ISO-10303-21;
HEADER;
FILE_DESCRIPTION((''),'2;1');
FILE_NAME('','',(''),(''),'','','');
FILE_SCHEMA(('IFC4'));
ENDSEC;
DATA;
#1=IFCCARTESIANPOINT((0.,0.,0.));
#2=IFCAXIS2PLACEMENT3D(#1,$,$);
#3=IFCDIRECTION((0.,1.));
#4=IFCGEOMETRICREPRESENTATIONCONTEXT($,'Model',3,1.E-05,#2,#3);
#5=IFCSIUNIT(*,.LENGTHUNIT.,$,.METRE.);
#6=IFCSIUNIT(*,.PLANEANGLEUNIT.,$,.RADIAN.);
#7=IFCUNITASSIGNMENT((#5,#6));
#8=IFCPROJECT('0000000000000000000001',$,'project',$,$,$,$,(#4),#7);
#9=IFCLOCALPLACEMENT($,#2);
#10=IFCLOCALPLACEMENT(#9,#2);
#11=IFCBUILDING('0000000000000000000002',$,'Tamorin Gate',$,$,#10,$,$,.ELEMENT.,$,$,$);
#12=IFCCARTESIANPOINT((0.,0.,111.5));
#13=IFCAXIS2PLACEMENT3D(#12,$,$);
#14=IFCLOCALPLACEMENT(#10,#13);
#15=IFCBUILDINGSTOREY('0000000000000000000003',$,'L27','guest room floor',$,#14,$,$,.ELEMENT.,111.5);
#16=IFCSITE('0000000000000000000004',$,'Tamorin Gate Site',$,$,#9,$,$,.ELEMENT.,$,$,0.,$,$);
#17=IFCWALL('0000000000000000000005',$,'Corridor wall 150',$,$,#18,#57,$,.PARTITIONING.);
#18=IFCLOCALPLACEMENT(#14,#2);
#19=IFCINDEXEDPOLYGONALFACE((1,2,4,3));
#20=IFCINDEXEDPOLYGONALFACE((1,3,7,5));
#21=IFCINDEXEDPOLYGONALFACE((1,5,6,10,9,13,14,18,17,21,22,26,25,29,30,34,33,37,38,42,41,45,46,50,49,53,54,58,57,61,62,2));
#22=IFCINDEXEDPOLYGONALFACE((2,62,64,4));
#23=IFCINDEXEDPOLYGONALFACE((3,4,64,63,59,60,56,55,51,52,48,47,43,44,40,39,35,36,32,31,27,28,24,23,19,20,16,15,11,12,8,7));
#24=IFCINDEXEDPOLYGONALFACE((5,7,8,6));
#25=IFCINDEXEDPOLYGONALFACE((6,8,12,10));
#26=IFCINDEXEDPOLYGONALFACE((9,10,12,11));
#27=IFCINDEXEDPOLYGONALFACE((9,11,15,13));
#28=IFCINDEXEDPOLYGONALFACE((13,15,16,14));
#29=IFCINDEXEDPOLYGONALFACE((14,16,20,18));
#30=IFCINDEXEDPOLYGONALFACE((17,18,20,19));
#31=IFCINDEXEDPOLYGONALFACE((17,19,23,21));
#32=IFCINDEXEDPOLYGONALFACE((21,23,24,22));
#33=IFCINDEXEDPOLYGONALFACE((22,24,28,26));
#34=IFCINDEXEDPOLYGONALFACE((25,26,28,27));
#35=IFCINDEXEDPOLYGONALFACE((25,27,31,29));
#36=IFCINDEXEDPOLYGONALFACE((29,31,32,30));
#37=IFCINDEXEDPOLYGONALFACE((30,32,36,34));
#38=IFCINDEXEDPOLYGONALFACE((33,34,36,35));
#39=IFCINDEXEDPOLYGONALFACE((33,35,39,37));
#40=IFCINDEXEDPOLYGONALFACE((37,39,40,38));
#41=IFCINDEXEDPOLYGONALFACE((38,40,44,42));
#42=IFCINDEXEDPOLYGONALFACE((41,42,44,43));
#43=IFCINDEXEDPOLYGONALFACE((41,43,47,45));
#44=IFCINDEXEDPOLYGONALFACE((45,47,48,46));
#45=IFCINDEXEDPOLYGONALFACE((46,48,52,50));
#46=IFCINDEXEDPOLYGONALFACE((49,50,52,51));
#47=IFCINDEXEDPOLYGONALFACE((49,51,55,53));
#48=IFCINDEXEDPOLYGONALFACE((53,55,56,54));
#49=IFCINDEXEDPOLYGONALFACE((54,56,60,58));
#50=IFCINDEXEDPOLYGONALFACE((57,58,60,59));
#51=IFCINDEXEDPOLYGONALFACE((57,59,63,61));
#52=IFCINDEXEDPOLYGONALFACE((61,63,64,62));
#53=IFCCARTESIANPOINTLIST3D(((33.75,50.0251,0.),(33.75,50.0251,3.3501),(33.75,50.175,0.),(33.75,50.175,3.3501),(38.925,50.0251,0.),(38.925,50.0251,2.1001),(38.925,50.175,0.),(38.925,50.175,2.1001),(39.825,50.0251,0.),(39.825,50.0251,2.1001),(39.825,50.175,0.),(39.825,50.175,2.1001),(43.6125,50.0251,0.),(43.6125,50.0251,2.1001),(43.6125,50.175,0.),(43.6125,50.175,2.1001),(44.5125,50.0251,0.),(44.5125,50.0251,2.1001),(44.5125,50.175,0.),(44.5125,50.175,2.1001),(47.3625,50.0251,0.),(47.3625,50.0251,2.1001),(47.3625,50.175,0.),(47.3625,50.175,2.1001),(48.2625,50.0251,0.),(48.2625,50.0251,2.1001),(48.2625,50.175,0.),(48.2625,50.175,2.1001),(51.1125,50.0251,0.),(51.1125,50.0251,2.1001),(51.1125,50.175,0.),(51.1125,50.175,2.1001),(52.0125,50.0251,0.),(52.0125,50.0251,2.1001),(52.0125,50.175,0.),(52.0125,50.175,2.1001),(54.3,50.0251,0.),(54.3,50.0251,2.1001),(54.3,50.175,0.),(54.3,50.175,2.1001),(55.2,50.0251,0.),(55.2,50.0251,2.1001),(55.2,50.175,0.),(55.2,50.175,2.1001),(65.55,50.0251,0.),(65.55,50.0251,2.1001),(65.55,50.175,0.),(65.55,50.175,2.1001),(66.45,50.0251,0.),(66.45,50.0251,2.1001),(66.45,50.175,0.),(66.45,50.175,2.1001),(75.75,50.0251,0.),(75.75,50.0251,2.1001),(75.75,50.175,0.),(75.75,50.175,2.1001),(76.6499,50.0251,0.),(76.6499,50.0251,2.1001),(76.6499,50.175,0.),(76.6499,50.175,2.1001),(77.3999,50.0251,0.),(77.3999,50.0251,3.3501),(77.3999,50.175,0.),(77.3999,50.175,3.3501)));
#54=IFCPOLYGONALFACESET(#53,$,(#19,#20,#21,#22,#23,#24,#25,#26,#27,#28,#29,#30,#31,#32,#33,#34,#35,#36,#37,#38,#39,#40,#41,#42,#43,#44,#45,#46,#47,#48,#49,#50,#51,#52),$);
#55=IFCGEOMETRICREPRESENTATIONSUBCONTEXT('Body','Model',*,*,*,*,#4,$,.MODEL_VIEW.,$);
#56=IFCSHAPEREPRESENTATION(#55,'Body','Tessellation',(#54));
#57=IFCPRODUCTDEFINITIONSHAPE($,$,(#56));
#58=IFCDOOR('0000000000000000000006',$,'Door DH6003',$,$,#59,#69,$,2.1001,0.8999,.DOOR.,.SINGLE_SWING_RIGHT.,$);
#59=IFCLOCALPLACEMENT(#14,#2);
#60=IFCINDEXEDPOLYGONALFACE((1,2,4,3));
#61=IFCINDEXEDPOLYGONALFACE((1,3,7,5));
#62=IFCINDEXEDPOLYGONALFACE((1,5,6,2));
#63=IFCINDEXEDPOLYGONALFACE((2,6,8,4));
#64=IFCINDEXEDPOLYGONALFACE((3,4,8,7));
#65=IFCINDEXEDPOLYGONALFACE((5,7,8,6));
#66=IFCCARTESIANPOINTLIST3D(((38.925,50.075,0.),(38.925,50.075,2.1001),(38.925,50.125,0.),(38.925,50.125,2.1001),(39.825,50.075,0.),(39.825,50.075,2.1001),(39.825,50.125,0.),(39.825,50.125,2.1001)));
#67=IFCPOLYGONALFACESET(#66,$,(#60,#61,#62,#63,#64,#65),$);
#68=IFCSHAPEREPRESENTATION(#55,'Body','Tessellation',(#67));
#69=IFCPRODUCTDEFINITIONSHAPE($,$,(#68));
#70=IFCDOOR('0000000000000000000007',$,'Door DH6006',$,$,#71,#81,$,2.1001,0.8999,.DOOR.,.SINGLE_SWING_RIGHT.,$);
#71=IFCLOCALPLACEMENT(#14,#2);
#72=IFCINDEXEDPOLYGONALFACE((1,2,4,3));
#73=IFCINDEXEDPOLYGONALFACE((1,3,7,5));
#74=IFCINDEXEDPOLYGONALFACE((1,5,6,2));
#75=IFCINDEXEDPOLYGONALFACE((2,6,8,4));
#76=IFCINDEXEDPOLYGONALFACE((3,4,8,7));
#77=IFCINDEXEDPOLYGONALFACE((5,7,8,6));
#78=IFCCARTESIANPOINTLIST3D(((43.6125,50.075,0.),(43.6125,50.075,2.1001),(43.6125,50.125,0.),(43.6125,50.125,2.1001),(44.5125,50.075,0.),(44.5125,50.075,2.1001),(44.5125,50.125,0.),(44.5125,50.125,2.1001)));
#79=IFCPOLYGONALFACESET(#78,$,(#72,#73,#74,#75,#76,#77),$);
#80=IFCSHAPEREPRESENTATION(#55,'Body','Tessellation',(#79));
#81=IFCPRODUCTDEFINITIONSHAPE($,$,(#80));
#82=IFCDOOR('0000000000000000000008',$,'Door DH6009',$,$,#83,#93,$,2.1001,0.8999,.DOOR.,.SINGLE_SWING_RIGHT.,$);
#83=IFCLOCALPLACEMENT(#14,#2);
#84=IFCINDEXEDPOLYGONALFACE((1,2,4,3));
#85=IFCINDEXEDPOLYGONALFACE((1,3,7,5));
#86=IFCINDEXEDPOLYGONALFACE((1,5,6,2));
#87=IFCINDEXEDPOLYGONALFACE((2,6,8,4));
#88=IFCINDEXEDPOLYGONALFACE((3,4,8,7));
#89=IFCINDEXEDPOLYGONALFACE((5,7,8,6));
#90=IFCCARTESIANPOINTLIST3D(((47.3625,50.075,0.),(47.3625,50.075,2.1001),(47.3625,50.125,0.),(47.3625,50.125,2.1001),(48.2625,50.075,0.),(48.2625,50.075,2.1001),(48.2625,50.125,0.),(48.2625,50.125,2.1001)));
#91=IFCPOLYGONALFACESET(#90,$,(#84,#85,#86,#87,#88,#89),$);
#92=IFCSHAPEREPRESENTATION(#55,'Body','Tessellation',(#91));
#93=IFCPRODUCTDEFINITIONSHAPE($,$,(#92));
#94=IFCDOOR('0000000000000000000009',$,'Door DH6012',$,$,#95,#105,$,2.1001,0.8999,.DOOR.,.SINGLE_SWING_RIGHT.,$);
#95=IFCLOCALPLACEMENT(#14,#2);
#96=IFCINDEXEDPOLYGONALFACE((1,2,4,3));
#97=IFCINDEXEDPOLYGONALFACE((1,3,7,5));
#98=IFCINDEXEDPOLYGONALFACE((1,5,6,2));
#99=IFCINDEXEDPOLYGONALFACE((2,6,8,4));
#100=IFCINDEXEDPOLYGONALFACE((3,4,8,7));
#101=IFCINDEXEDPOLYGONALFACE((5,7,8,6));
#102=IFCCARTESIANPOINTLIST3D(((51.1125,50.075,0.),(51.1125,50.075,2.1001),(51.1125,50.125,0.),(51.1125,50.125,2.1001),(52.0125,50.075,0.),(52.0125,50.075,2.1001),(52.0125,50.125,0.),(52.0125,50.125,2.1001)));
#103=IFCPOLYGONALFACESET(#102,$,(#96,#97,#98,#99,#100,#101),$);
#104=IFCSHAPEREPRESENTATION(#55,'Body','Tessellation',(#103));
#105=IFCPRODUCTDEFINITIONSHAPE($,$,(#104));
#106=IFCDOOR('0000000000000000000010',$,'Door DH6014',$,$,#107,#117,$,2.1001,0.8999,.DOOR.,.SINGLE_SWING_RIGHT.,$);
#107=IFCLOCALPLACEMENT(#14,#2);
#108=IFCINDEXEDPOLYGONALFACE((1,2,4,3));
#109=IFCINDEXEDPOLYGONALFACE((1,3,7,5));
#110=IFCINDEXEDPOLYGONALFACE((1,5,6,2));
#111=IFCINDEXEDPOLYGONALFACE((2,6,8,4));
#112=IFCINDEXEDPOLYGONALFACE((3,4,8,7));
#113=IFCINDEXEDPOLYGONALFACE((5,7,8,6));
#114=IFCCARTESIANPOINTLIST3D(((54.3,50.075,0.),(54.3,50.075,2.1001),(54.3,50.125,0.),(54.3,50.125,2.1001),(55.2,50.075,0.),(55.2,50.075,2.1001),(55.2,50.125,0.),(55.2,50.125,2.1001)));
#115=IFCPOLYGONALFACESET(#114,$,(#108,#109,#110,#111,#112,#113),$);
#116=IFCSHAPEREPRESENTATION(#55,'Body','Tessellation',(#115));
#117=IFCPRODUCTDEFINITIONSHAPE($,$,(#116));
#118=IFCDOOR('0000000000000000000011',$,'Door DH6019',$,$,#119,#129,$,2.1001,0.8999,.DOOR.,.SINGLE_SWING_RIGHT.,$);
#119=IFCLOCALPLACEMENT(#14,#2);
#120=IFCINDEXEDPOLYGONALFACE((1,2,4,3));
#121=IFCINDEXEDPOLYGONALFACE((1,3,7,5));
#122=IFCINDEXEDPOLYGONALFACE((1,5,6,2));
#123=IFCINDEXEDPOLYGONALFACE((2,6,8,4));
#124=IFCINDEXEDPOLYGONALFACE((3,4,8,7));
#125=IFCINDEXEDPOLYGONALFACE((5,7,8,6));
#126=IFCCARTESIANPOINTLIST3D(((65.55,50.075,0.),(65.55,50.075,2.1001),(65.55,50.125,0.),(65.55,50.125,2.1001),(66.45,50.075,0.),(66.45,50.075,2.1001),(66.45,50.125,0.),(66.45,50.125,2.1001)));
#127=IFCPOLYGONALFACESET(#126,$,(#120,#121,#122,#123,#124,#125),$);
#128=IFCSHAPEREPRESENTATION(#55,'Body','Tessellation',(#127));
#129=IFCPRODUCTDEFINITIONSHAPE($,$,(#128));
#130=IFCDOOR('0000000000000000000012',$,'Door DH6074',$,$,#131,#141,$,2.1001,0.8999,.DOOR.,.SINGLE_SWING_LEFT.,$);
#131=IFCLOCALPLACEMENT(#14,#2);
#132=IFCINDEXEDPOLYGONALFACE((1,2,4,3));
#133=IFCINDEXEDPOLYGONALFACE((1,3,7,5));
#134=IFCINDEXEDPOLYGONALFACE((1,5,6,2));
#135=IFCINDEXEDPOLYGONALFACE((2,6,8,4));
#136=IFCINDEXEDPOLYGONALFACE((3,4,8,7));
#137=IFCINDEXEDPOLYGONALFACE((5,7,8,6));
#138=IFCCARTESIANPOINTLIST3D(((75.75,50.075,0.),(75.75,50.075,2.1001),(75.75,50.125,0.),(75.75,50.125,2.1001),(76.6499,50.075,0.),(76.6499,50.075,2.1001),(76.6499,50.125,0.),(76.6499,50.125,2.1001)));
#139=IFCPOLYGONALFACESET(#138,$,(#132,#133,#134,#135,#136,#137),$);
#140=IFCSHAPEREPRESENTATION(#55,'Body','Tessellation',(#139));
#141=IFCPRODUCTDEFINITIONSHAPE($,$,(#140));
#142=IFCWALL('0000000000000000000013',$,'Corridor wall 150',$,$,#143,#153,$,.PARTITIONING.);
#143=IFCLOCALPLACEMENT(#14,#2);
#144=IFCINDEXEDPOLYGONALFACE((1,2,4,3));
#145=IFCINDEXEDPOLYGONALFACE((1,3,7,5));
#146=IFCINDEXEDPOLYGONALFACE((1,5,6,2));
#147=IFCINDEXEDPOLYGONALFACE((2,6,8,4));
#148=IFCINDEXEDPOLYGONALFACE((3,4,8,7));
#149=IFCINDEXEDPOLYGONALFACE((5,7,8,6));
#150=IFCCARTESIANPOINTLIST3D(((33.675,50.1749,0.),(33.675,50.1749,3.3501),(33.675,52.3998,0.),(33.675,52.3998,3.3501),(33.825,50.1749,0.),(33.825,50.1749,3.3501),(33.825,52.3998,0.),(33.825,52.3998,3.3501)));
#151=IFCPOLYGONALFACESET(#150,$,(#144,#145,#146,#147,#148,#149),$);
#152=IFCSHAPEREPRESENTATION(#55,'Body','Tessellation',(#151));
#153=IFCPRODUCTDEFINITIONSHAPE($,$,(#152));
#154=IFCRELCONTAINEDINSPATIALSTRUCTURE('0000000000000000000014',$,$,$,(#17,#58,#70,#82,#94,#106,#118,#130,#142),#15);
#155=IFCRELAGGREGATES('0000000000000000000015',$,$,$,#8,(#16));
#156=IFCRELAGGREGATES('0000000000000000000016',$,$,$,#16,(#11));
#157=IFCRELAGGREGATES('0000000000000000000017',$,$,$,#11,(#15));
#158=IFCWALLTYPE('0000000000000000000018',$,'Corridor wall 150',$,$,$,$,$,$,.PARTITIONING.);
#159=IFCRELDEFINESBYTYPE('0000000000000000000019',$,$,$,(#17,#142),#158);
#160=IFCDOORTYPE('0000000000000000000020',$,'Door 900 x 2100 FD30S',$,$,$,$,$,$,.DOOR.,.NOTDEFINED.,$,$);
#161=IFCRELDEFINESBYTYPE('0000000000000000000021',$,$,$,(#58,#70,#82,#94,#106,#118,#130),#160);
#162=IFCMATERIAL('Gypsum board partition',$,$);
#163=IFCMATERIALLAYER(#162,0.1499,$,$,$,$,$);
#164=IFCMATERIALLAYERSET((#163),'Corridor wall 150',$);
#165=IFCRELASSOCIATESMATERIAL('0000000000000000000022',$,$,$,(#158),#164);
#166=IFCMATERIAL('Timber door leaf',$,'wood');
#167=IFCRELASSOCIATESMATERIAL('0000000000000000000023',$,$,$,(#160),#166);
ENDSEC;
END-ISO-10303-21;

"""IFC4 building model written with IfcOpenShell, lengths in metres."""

from ifc_helpers import new_model, si_unit, direction, frame, frame_2d, origin, place, context, subcontext, project, spatial, rectangle, extrude, material, layer, layer_set, type_object, element, fill, save


model = new_model("IFC4")

# Units and contexts
model_context = context("Model", 3, precision=1e-05, world=origin(), true_north=direction((0.0, 1.0)))
body_context = subcontext(model_context, "Body", "Model", "MODEL_VIEW")
ifc_project = project(units=[si_unit("LENGTHUNIT", "METRE"), si_unit("PLANEANGLEUNIT", "RADIAN")], contexts=[model_context])

# Site, building, storey
site_placement = place(None, origin())
site = spatial("IfcSite", under=ifc_project, at=site_placement, Name="Tamorin Gate Site", CompositionType="ELEMENT", RefElevation=0.0)
building_placement = place(site_placement, origin())
building = spatial("IfcBuilding", under=site, at=building_placement, Name="Tamorin Gate", CompositionType="ELEMENT")
storey_placement = place(building_placement, frame((0.0, 0.0, 111.5)))
storey = spatial("IfcBuildingStorey", under=building, at=storey_placement, Name="L27", Description="guest room floor", CompositionType="ELEMENT", Elevation=111.5)

# Wall, openings, doors
ifc_material_1 = material(Name="Gypsum board partition")
ifc_layer_1 = layer(ifc_material_1, 0.1499)
ifc_layer_set_1 = layer_set([ifc_layer_1], Name="Corridor wall 150")
wall_type_1 = type_object("IfcWallType", Name="Corridor wall 150", PredefinedType="PARTITIONING", material=ifc_layer_set_1)
wall_1_placement = place(storey_placement, frame((33.75, 50.1001, 0.0), z_axis=(0.0, 0.0, 1.0), x_axis=(1.0, 0.0, 0.0)))
wall_1 = element("IfcWall", 1, at=wall_1_placement, inside=storey, type_object=wall_type_1, Name="Corridor wall 150", PredefinedType="PARTITIONING", context=body_context, shape_type="SweptSolid", body=[
    extrude(rectangle(XDim=43.6499, YDim=0.1499, at=frame_2d((21.825, 0.0))), origin(), (0.0, 0.0, 1.0), 3.3501),
])
opening_1_placement = place(wall_1_placement, frame((5.175, 0.0, 0.0)))
opening_1 = element("IfcOpeningElement", 2, at=opening_1_placement, cuts=wall_1, PredefinedType="OPENING", context=body_context, shape_type="SweptSolid", body=[
    extrude(rectangle(XDim=0.8999, YDim=2.1001, at=frame_2d((0.45, 1.05))), frame((0.0, 0.085, 0.0), z_axis=(0.0, -1.0, 0.0), x_axis=(1.0, 0.0, 0.0)), (0.0, 0.0, 1.0), 0.1699),
])
opening_2_placement = place(wall_1_placement, frame((9.8625, 0.0, 0.0)))
opening_2 = element("IfcOpeningElement", 3, at=opening_2_placement, cuts=wall_1, PredefinedType="OPENING", context=body_context, shape_type="SweptSolid", body=[
    extrude(rectangle(XDim=0.8999, YDim=2.1001, at=frame_2d((0.45, 1.05))), frame((0.0, 0.085, 0.0), z_axis=(0.0, -1.0, 0.0), x_axis=(1.0, 0.0, 0.0)), (0.0, 0.0, 1.0), 0.1699),
])
opening_3_placement = place(wall_1_placement, frame((13.6125, 0.0, 0.0)))
opening_3 = element("IfcOpeningElement", 4, at=opening_3_placement, cuts=wall_1, PredefinedType="OPENING", context=body_context, shape_type="SweptSolid", body=[
    extrude(rectangle(XDim=0.8999, YDim=2.1001, at=frame_2d((0.45, 1.05))), frame((0.0, 0.085, 0.0), z_axis=(0.0, -1.0, 0.0), x_axis=(1.0, 0.0, 0.0)), (0.0, 0.0, 1.0), 0.1699),
])
opening_4_placement = place(wall_1_placement, frame((17.3625, 0.0, 0.0)))
opening_4 = element("IfcOpeningElement", 5, at=opening_4_placement, cuts=wall_1, PredefinedType="OPENING", context=body_context, shape_type="SweptSolid", body=[
    extrude(rectangle(XDim=0.8999, YDim=2.1001, at=frame_2d((0.45, 1.05))), frame((0.0, 0.085, 0.0), z_axis=(0.0, -1.0, 0.0), x_axis=(1.0, 0.0, 0.0)), (0.0, 0.0, 1.0), 0.1699),
])
opening_5_placement = place(wall_1_placement, frame((20.55, 0.0, 0.0)))
opening_5 = element("IfcOpeningElement", 6, at=opening_5_placement, cuts=wall_1, PredefinedType="OPENING", context=body_context, shape_type="SweptSolid", body=[
    extrude(rectangle(XDim=0.8999, YDim=2.1001, at=frame_2d((0.45, 1.05))), frame((0.0, 0.085, 0.0), z_axis=(0.0, -1.0, 0.0), x_axis=(1.0, 0.0, 0.0)), (0.0, 0.0, 1.0), 0.1699),
])
opening_6_placement = place(wall_1_placement, frame((31.8, 0.0, 0.0)))
opening_6 = element("IfcOpeningElement", 7, at=opening_6_placement, cuts=wall_1, PredefinedType="OPENING", context=body_context, shape_type="SweptSolid", body=[
    extrude(rectangle(XDim=0.8999, YDim=2.1001, at=frame_2d((0.45, 1.05))), frame((0.0, 0.085, 0.0), z_axis=(0.0, -1.0, 0.0), x_axis=(1.0, 0.0, 0.0)), (0.0, 0.0, 1.0), 0.1699),
])
opening_7_placement = place(wall_1_placement, frame((42.0, 0.0, 0.0)))
opening_7 = element("IfcOpeningElement", 8, at=opening_7_placement, cuts=wall_1, PredefinedType="OPENING", context=body_context, shape_type="SweptSolid", body=[
    extrude(rectangle(XDim=0.8999, YDim=2.1001, at=frame_2d((0.45, 1.05))), frame((0.0, 0.085, 0.0), z_axis=(0.0, -1.0, 0.0), x_axis=(1.0, 0.0, 0.0)), (0.0, 0.0, 1.0), 0.1699),
])
ifc_material_2 = material(Name="Timber door leaf", Category="wood")
door_type_1 = type_object("IfcDoorType", Name="Door 900 x 2100 FD30S", OperationType="NOTDEFINED", PredefinedType="DOOR", material=ifc_material_2)
door_1_placement = place(opening_1_placement, origin())
door_1 = element("IfcDoor", 9, at=door_1_placement, inside=storey, type_object=door_type_1, Name="Door DH6003", OperationType="SINGLE_SWING_RIGHT", OverallHeight=2.1001, OverallWidth=0.8999, PredefinedType="DOOR", context=body_context, shape_type="SweptSolid", body=[
    extrude(rectangle(XDim=0.8999, YDim=2.1001, at=frame_2d((0.45, 1.05))), frame((0.0, 0.0249, 0.0), z_axis=(0.0, -1.0, 0.0), x_axis=(1.0, 0.0, 0.0)), (0.0, 0.0, 1.0), 0.05),
])
fill(opening_1, door_1)
door_2_placement = place(opening_2_placement, origin())
door_2 = element("IfcDoor", 10, at=door_2_placement, inside=storey, type_object=door_type_1, Name="Door DH6006", OperationType="SINGLE_SWING_RIGHT", OverallHeight=2.1001, OverallWidth=0.8999, PredefinedType="DOOR", context=body_context, shape_type="SweptSolid", body=[
    extrude(rectangle(XDim=0.8999, YDim=2.1001, at=frame_2d((0.45, 1.05))), frame((0.0, 0.0249, 0.0), z_axis=(0.0, -1.0, 0.0), x_axis=(1.0, 0.0, 0.0)), (0.0, 0.0, 1.0), 0.05),
])
fill(opening_2, door_2)
door_3_placement = place(opening_3_placement, origin())
door_3 = element("IfcDoor", 11, at=door_3_placement, inside=storey, type_object=door_type_1, Name="Door DH6009", OperationType="SINGLE_SWING_RIGHT", OverallHeight=2.1001, OverallWidth=0.8999, PredefinedType="DOOR", context=body_context, shape_type="SweptSolid", body=[
    extrude(rectangle(XDim=0.8999, YDim=2.1001, at=frame_2d((0.45, 1.05))), frame((0.0, 0.0249, 0.0), z_axis=(0.0, -1.0, 0.0), x_axis=(1.0, 0.0, 0.0)), (0.0, 0.0, 1.0), 0.05),
])
fill(opening_3, door_3)
door_4_placement = place(opening_4_placement, origin())
door_4 = element("IfcDoor", 12, at=door_4_placement, inside=storey, type_object=door_type_1, Name="Door DH6012", OperationType="SINGLE_SWING_RIGHT", OverallHeight=2.1001, OverallWidth=0.8999, PredefinedType="DOOR", context=body_context, shape_type="SweptSolid", body=[
    extrude(rectangle(XDim=0.8999, YDim=2.1001, at=frame_2d((0.45, 1.05))), frame((0.0, 0.0249, 0.0), z_axis=(0.0, -1.0, 0.0), x_axis=(1.0, 0.0, 0.0)), (0.0, 0.0, 1.0), 0.05),
])
fill(opening_4, door_4)
door_5_placement = place(opening_5_placement, origin())
door_5 = element("IfcDoor", 13, at=door_5_placement, inside=storey, type_object=door_type_1, Name="Door DH6014", OperationType="SINGLE_SWING_RIGHT", OverallHeight=2.1001, OverallWidth=0.8999, PredefinedType="DOOR", context=body_context, shape_type="SweptSolid", body=[
    extrude(rectangle(XDim=0.8999, YDim=2.1001, at=frame_2d((0.45, 1.05))), frame((0.0, 0.0249, 0.0), z_axis=(0.0, -1.0, 0.0), x_axis=(1.0, 0.0, 0.0)), (0.0, 0.0, 1.0), 0.05),
])
fill(opening_5, door_5)
door_6_placement = place(opening_6_placement, origin())
door_6 = element("IfcDoor", 14, at=door_6_placement, inside=storey, type_object=door_type_1, Name="Door DH6019", OperationType="SINGLE_SWING_RIGHT", OverallHeight=2.1001, OverallWidth=0.8999, PredefinedType="DOOR", context=body_context, shape_type="SweptSolid", body=[
    extrude(rectangle(XDim=0.8999, YDim=2.1001, at=frame_2d((0.45, 1.05))), frame((0.0, 0.0249, 0.0), z_axis=(0.0, -1.0, 0.0), x_axis=(1.0, 0.0, 0.0)), (0.0, 0.0, 1.0), 0.05),
])
fill(opening_6, door_6)
door_7_placement = place(opening_7_placement, origin())
door_7 = element("IfcDoor", 15, at=door_7_placement, inside=storey, type_object=door_type_1, Name="Door DH6074", OperationType="SINGLE_SWING_LEFT", OverallHeight=2.1001, OverallWidth=0.8999, PredefinedType="DOOR", context=body_context, shape_type="SweptSolid", body=[
    extrude(rectangle(XDim=0.8999, YDim=2.1001, at=frame_2d((0.45, 1.05))), frame((0.0, 0.0249, 0.0), z_axis=(0.0, -1.0, 0.0), x_axis=(1.0, 0.0, 0.0)), (0.0, 0.0, 1.0), 0.05),
])
fill(opening_7, door_7)

# Wall
wall_2_placement = place(storey_placement, frame((33.75, 50.175, 0.0), z_axis=(0.0, 0.0, 1.0), x_axis=(0.0, 1.0, 0.0)))
element("IfcWall", 16, at=wall_2_placement, inside=storey, type_object=wall_type_1, Name="Corridor wall 150", PredefinedType="PARTITIONING", context=body_context, shape_type="SweptSolid", body=[
    extrude(rectangle(XDim=2.2249, YDim=0.1499, at=frame_2d((1.1123, 0.0))), origin(), (0.0, 0.0, 1.0), 3.3501),
])

save(model, "model.ifc")
